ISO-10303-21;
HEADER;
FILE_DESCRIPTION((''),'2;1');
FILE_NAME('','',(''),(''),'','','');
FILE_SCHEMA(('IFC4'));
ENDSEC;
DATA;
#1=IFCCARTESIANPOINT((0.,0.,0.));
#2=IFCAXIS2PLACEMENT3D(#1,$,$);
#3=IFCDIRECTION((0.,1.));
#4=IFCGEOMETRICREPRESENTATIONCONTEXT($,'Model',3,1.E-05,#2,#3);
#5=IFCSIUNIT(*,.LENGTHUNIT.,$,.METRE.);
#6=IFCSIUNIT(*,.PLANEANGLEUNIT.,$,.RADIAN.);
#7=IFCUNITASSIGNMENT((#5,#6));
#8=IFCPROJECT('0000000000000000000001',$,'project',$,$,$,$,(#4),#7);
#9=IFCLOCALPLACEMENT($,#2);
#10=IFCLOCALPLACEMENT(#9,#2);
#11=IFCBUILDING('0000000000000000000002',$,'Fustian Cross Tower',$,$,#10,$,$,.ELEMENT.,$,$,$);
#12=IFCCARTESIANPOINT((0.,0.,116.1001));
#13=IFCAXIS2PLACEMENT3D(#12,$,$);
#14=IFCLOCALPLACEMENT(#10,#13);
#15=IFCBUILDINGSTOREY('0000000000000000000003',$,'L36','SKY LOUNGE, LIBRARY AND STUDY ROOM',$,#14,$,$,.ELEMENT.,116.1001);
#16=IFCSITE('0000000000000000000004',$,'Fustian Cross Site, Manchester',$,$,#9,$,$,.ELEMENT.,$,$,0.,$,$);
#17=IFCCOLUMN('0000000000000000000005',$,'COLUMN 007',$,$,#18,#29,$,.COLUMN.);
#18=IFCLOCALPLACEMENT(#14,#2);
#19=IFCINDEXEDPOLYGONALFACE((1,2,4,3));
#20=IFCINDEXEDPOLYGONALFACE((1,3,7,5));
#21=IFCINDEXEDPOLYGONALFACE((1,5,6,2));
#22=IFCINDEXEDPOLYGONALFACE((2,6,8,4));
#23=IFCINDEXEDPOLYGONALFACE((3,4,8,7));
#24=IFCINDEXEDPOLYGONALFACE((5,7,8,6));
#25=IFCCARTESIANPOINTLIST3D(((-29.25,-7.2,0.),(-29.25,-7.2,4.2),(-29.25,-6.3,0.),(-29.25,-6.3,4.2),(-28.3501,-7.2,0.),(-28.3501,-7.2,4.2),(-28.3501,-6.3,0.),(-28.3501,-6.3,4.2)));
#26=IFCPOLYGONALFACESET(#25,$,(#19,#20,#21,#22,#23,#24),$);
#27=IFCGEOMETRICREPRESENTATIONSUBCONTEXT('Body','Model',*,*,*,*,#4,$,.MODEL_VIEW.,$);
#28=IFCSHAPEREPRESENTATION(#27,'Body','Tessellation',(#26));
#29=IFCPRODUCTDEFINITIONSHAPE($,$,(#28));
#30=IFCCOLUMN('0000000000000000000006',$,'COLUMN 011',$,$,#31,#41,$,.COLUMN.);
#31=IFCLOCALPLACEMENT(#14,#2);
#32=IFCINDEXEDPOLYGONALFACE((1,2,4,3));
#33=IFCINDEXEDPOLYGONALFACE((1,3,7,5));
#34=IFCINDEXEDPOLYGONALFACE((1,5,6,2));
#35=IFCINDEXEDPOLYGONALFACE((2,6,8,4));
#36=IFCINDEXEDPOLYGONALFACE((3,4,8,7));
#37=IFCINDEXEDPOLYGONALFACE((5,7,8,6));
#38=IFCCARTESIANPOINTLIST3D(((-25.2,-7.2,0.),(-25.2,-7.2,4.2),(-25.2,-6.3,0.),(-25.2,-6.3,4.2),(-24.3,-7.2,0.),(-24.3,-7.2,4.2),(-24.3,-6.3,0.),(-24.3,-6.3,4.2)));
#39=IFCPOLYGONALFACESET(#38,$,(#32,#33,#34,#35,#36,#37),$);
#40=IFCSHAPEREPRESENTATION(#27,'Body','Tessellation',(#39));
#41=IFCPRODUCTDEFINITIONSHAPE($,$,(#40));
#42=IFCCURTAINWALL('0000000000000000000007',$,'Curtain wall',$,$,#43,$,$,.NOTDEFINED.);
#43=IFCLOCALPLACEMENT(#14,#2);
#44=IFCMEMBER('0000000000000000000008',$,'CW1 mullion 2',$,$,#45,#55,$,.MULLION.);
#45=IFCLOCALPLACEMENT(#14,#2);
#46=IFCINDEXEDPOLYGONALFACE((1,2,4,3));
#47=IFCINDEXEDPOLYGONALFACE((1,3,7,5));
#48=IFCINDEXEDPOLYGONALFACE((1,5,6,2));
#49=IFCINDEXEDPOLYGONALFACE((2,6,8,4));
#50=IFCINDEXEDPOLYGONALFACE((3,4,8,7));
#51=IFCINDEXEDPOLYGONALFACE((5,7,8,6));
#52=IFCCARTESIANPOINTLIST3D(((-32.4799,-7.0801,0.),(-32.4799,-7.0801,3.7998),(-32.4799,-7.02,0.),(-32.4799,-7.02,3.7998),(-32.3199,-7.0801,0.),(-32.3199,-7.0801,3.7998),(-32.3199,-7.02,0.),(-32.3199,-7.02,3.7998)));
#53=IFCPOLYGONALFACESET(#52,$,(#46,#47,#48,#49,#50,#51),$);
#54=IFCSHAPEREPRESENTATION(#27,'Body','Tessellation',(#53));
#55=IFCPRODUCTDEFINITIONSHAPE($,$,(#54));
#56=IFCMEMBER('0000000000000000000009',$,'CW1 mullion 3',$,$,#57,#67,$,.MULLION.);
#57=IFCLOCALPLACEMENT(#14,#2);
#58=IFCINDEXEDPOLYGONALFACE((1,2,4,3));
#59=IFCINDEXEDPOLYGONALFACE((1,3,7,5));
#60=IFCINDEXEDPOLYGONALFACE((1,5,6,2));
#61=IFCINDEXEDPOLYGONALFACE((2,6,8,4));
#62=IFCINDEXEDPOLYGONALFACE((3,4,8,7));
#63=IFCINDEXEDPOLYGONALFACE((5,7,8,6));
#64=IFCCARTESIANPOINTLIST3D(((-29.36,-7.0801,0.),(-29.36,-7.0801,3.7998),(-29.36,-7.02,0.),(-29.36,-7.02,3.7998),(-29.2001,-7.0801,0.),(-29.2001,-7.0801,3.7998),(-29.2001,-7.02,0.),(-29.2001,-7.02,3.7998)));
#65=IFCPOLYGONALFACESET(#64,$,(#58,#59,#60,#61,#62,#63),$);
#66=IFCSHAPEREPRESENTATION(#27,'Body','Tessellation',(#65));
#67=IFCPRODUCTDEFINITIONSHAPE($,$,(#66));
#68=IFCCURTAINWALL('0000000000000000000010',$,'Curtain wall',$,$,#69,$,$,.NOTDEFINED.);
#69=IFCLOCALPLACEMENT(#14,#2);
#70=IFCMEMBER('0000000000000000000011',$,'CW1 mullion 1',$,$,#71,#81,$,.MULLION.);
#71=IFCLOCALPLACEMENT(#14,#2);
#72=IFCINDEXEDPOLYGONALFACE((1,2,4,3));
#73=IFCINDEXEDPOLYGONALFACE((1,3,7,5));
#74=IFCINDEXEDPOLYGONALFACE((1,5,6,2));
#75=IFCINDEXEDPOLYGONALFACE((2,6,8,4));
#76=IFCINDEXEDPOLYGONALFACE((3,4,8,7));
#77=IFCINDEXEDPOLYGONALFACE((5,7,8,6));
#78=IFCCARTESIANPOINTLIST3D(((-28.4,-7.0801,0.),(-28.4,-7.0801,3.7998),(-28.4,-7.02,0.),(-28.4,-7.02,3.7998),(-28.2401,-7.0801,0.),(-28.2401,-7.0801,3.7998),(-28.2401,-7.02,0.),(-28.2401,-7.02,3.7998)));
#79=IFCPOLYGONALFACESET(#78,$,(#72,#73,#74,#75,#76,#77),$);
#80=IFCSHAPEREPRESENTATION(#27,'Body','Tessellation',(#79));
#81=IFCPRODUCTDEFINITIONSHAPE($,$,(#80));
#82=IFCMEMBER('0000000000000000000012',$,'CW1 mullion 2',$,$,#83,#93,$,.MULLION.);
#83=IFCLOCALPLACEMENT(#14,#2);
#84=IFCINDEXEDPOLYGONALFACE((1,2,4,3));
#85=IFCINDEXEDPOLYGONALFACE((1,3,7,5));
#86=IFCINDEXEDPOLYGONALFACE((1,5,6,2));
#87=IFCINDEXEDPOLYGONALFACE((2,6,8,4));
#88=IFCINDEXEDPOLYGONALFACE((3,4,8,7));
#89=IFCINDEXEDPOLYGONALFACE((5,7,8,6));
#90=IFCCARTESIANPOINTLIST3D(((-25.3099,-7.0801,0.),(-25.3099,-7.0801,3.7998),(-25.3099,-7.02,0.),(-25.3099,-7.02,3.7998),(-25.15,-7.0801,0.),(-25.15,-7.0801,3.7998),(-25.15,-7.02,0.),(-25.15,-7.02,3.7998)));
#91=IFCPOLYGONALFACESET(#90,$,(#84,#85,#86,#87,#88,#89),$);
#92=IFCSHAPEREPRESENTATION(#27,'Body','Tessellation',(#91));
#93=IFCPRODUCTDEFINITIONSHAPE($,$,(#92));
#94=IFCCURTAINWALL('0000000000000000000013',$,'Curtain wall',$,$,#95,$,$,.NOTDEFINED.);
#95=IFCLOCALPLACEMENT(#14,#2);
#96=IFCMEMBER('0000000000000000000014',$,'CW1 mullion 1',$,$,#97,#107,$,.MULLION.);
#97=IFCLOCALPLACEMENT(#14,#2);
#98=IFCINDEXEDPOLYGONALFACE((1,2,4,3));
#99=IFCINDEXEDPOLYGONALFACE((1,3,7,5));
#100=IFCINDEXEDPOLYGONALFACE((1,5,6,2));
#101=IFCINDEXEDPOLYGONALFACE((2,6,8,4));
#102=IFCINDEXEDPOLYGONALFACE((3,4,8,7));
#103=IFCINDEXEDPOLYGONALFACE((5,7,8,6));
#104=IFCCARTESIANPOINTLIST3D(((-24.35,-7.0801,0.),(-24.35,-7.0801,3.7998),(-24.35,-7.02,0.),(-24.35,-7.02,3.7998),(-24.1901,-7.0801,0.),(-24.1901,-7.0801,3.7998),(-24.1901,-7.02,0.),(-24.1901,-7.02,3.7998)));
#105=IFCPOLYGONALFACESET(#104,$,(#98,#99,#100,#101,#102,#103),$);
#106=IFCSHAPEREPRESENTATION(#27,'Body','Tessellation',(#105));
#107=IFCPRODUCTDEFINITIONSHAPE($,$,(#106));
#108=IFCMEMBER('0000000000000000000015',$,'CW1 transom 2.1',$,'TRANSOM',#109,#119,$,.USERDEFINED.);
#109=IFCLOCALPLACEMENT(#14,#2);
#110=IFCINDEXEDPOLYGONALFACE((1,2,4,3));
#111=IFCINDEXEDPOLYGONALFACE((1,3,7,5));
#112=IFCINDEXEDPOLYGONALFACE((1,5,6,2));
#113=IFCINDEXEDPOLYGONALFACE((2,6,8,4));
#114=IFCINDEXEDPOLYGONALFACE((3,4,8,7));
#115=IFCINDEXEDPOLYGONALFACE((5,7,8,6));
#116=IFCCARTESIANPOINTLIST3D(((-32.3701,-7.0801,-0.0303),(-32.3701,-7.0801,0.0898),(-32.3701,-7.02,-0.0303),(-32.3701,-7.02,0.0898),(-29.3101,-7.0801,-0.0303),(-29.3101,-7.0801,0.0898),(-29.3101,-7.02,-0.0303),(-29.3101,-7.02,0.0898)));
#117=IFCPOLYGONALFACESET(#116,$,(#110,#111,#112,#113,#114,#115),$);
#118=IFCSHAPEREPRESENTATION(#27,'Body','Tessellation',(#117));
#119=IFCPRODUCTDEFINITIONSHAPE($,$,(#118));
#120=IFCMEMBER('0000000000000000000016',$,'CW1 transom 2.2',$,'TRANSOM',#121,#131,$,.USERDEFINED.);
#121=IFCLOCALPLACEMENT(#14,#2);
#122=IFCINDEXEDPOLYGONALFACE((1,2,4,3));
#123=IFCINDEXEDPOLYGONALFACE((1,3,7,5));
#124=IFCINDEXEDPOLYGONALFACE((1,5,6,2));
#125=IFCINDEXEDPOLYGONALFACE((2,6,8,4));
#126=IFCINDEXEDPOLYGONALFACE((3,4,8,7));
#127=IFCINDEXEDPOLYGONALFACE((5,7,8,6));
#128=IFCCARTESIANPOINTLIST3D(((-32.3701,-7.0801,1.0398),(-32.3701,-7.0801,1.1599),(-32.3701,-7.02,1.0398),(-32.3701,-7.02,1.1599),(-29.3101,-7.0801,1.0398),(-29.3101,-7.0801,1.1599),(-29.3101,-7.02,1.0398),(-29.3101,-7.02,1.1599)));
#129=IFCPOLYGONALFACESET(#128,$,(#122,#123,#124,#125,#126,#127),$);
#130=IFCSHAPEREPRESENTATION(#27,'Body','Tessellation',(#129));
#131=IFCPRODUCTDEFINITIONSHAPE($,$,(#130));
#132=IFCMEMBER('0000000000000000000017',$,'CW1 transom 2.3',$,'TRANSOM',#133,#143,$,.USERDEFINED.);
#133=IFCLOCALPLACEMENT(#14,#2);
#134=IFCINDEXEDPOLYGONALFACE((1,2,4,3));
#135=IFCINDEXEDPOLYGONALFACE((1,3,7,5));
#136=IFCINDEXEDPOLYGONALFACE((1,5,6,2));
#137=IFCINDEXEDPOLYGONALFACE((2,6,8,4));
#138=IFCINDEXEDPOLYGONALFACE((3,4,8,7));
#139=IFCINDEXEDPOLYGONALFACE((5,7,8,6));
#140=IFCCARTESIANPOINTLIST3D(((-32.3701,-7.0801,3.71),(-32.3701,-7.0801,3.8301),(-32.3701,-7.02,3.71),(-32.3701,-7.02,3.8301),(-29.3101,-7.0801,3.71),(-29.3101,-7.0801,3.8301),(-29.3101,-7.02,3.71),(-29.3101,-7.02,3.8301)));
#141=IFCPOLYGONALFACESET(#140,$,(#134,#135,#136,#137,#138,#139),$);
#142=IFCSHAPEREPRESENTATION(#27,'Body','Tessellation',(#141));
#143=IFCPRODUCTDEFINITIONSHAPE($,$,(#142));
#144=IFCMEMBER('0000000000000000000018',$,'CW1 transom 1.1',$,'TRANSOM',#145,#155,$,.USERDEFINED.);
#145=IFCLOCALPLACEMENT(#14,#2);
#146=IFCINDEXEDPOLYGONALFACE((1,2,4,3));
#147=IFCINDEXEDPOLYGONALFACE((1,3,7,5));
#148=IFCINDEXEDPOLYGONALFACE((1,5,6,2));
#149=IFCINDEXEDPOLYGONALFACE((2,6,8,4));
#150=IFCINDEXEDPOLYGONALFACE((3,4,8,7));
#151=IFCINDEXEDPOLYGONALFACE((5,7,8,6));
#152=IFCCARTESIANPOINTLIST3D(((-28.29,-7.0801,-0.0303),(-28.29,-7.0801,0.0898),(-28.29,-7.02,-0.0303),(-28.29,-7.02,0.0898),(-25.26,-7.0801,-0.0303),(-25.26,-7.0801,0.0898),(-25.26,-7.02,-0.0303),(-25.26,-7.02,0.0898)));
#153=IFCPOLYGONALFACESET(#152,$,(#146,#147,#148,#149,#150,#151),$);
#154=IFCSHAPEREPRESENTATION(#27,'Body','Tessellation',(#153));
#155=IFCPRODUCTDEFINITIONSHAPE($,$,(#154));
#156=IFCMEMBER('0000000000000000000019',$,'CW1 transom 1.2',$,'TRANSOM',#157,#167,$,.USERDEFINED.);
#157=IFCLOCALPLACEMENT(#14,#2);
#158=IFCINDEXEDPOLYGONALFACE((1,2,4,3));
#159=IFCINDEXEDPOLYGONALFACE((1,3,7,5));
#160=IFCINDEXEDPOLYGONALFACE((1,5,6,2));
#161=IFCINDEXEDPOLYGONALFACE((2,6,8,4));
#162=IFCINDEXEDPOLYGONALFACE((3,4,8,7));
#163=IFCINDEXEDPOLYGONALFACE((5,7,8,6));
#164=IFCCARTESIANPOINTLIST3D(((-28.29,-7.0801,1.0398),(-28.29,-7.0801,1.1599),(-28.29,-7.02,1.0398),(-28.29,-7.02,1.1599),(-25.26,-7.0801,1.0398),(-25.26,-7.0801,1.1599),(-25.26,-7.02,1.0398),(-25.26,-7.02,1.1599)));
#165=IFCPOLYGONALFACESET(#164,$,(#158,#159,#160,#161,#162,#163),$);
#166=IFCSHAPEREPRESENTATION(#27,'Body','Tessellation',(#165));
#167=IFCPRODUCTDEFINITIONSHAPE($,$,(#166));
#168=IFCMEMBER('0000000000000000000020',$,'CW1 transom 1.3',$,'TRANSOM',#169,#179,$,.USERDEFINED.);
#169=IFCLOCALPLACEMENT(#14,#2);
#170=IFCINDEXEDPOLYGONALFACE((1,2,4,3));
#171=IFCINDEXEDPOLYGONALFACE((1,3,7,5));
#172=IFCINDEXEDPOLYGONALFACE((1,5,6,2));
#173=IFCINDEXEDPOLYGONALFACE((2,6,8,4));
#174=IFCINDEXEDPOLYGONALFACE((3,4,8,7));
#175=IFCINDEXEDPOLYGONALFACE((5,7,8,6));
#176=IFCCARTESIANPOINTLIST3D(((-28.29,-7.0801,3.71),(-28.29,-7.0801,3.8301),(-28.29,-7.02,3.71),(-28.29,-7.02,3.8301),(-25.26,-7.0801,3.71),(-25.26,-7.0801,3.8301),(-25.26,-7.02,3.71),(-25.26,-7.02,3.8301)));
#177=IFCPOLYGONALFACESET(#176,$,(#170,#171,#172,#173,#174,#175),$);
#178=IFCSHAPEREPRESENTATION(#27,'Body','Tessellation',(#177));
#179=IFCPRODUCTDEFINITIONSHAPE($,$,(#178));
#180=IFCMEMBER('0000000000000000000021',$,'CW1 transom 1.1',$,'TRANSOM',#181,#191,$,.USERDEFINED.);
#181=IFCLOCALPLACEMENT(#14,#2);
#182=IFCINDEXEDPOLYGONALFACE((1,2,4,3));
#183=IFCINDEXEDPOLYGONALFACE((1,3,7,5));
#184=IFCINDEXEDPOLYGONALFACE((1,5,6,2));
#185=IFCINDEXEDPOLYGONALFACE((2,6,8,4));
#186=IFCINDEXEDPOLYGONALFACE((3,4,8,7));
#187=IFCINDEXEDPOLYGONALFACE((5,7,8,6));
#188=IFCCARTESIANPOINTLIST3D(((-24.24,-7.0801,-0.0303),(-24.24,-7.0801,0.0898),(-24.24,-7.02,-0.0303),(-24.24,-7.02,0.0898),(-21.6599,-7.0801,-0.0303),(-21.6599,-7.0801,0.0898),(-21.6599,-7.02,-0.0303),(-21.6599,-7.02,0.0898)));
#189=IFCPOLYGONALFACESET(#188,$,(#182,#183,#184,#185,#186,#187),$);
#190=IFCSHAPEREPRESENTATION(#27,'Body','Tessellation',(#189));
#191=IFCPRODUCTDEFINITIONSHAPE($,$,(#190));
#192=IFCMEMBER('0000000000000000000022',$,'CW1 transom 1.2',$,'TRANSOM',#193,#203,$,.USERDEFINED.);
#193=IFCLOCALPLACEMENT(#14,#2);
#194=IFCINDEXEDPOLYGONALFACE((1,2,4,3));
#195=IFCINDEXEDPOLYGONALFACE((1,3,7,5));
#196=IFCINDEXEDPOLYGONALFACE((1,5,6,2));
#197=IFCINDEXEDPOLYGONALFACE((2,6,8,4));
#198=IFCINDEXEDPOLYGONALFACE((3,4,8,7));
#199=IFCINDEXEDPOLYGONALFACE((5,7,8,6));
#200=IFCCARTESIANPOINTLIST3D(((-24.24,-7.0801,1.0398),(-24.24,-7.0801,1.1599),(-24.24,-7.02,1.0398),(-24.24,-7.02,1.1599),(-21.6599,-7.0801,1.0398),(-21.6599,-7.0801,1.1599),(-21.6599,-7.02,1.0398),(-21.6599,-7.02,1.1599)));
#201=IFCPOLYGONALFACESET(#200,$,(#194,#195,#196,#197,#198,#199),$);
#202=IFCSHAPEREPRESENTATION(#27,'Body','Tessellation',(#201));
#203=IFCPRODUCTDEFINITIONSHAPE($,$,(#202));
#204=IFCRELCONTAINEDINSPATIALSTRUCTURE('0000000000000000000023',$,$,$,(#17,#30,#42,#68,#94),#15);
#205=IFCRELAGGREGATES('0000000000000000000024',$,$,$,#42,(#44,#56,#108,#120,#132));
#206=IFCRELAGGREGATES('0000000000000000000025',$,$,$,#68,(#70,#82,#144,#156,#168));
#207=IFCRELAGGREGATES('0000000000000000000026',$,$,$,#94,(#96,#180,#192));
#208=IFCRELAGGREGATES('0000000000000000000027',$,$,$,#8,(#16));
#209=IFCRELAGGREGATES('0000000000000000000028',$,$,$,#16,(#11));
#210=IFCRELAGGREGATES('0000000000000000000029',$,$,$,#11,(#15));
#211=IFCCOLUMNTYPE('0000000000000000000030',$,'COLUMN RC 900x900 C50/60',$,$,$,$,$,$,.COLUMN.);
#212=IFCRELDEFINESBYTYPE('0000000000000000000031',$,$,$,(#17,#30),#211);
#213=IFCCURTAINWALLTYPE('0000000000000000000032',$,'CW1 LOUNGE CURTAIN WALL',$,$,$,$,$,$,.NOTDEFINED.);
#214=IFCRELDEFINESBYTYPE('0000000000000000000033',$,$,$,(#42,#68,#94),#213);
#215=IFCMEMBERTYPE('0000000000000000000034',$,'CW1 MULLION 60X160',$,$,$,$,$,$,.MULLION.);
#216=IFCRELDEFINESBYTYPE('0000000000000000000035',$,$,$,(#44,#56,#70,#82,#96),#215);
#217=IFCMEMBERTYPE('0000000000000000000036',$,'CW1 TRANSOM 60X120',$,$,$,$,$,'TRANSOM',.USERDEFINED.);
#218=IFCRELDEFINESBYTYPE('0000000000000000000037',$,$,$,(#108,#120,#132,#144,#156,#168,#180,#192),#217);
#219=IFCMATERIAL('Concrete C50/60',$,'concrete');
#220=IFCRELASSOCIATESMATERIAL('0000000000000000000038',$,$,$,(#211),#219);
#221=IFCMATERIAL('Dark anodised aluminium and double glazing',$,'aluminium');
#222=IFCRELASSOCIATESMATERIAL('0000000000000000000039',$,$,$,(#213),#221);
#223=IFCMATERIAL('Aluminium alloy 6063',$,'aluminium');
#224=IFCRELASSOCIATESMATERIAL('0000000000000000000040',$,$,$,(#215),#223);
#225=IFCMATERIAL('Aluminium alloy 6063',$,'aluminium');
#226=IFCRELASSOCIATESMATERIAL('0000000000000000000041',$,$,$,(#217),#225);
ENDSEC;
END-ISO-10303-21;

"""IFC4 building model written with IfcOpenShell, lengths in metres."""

from ifc_helpers import new_model, si_unit, direction, frame, origin, origin_2d, place, context, subcontext, project, spatial, rectangle, extrude, material, material_profile, profile_set, type_object, element, aggregate, save


model = new_model("IFC4")

# Units and contexts
model_context = context("Model", 3, precision=1e-05, world=origin(), true_north=direction((0.0, 1.0)))
body_context = subcontext(model_context, "Body", "Model", "MODEL_VIEW")
ifc_project = project(units=[si_unit("LENGTHUNIT", "METRE"), si_unit("PLANEANGLEUNIT", "RADIAN")], contexts=[model_context])

# Site, building, storey
site_placement = place(None, origin())
site = spatial("IfcSite", under=ifc_project, at=site_placement, Name="Fustian Cross Site, Manchester", CompositionType="ELEMENT", RefElevation=0.0)
building_placement = place(site_placement, origin())
building = spatial("IfcBuilding", under=site, at=building_placement, Name="Fustian Cross Tower", CompositionType="ELEMENT")
storey_placement = place(building_placement, frame((0.0, 0.0, 116.1001)))
storey = spatial("IfcBuildingStorey", under=building, at=storey_placement, Name="L36", Description="SKY LOUNGE, LIBRARY AND STUDY ROOM", CompositionType="ELEMENT", Elevation=116.1001)

# Columns
ifc_material_1 = material(Name="Concrete C50/60", Category="concrete")
ifc_material_profile_1 = material_profile(ifc_material_1, rectangle(XDim=0.8999, YDim=0.8999, at=origin_2d()), Name="RC 900x900")
ifc_profile_set_1 = profile_set([ifc_material_profile_1], Name="Concrete C50/60")
column_type = type_object("IfcColumnType", Name="COLUMN RC 900x900 C50/60", PredefinedType="COLUMN", material=ifc_profile_set_1)
for number, where, z_axis, x_axis, name in (
    (1, (-28.8, -6.75, 0.0), (0.0, 0.0, 1.0), (1.0, 0.0, 0.0), "COLUMN 007"),
    (2, (-24.75, -6.75, 0.0), (0.0, 0.0, 1.0), (1.0, 0.0, 0.0), "COLUMN 011"),
):
    element("IfcColumn", number, at=place(storey_placement, frame(where, z_axis=z_axis, x_axis=x_axis)), inside=storey, type_object=column_type, Name=name, PredefinedType="COLUMN", context=body_context, shape_type="SweptSolid", body=[
        extrude(rectangle(XDim=0.8999, YDim=0.8999, at=origin_2d()), origin(), (0.0, 0.0, 1.0), 4.2),
    ])

# Curtain walls, members
ifc_material_2 = material(Name="Dark anodised aluminium and double glazing", Category="aluminium")
curtain_wall_type = type_object("IfcCurtainWallType", Name="CW1 LOUNGE CURTAIN WALL", PredefinedType="NOTDEFINED", material=ifc_material_2)
curtain_wall_1_placement = place(storey_placement, origin())
curtain_wall_1 = element("IfcCurtainWall", 3, at=curtain_wall_1_placement, inside=storey, type_object=curtain_wall_type, Name="Curtain wall", PredefinedType="NOTDEFINED")
ifc_material_3 = material(Name="Aluminium alloy 6063", Category="aluminium")
ifc_material_profile_2 = material_profile(ifc_material_3, rectangle(XDim=0.0601, YDim=0.1599, at=origin_2d()), Name="CW1 MULLION 60X160")
ifc_profile_set_2 = profile_set([ifc_material_profile_2], Name="Aluminium alloy 6063")
member_type_1 = type_object("IfcMemberType", Name="CW1 MULLION 60X160", PredefinedType="MULLION", material=ifc_profile_set_2)
member_1_placement = place(storey_placement, frame((-32.3999, -7.05, 0.0), z_axis=(0.0, 0.0, 1.0), x_axis=(0.0, 1.0, 0.0)))
member_1 = element("IfcMember", 4, at=member_1_placement, type_object=member_type_1, Name="CW1 mullion 2", PredefinedType="MULLION", context=body_context, shape_type="SweptSolid", body=[
    extrude(rectangle(XDim=0.0601, YDim=0.1599, at=origin_2d()), origin(), (0.0, 0.0, 1.0), 3.7998),
])
member_2_placement = place(storey_placement, frame((-29.28, -7.05, 0.0), z_axis=(0.0, 0.0, 1.0), x_axis=(0.0, 1.0, 0.0)))
member_2 = element("IfcMember", 5, at=member_2_placement, type_object=member_type_1, Name="CW1 mullion 3", PredefinedType="MULLION", context=body_context, shape_type="SweptSolid", body=[
    extrude(rectangle(XDim=0.0601, YDim=0.1599, at=origin_2d()), origin(), (0.0, 0.0, 1.0), 3.7998),
])
curtain_wall_2_placement = place(storey_placement, origin())
curtain_wall_2 = element("IfcCurtainWall", 6, at=curtain_wall_2_placement, inside=storey, type_object=curtain_wall_type, Name="Curtain wall", PredefinedType="NOTDEFINED")
member_3_placement = place(storey_placement, frame((-28.3201, -7.05, 0.0), z_axis=(0.0, 0.0, 1.0), x_axis=(0.0, 1.0, 0.0)))
member_3 = element("IfcMember", 7, at=member_3_placement, type_object=member_type_1, Name="CW1 mullion 1", PredefinedType="MULLION", context=body_context, shape_type="SweptSolid", body=[
    extrude(rectangle(XDim=0.0601, YDim=0.1599, at=origin_2d()), origin(), (0.0, 0.0, 1.0), 3.7998),
])
member_4_placement = place(storey_placement, frame((-25.23, -7.05, 0.0), z_axis=(0.0, 0.0, 1.0), x_axis=(0.0, 1.0, 0.0)))
member_4 = element("IfcMember", 8, at=member_4_placement, type_object=member_type_1, Name="CW1 mullion 2", PredefinedType="MULLION", context=body_context, shape_type="SweptSolid", body=[
    extrude(rectangle(XDim=0.0601, YDim=0.1599, at=origin_2d()), origin(), (0.0, 0.0, 1.0), 3.7998),
])

# Curtain wall, member
curtain_wall_3_placement = place(storey_placement, origin())
curtain_wall_3 = element("IfcCurtainWall", 9, at=curtain_wall_3_placement, inside=storey, type_object=curtain_wall_type, Name="Curtain wall", PredefinedType="NOTDEFINED")
member_5_placement = place(storey_placement, frame((-24.27, -7.05, 0.0), z_axis=(0.0, 0.0, 1.0), x_axis=(0.0, 1.0, 0.0)))
member_5 = element("IfcMember", 10, at=member_5_placement, type_object=member_type_1, Name="CW1 mullion 1", PredefinedType="MULLION", context=body_context, shape_type="SweptSolid", body=[
    extrude(rectangle(XDim=0.0601, YDim=0.1599, at=origin_2d()), origin(), (0.0, 0.0, 1.0), 3.7998),
])

# Members
ifc_material_4 = material(Name="Aluminium alloy 6063", Category="aluminium")
ifc_material_profile_3 = material_profile(ifc_material_4, rectangle(XDim=0.0601, YDim=0.1201, at=origin_2d()), Name="CW1 TRANSOM 60X120")
ifc_profile_set_3 = profile_set([ifc_material_profile_3], Name="Aluminium alloy 6063")
member_type_2 = type_object("IfcMemberType", Name="CW1 TRANSOM 60X120", ElementType="TRANSOM", PredefinedType="USERDEFINED", material=ifc_profile_set_3)
member_6_placement = place(storey_placement, frame((-32.3701, -7.05, 0.0298), z_axis=(1.0, 0.0, 0.0), x_axis=(0.0, 1.0, 0.0)))
member_6 = element("IfcMember", 11, at=member_6_placement, type_object=member_type_2, Name="CW1 transom 2.1", ObjectType="TRANSOM", PredefinedType="USERDEFINED", context=body_context, shape_type="SweptSolid", body=[
    extrude(rectangle(XDim=0.0601, YDim=0.1201, at=origin_2d()), origin(), (0.0, 0.0, 1.0), 3.0601),
])
member_7_placement = place(storey_placement, frame((-32.3701, -7.05, 1.0999), z_axis=(1.0, 0.0, 0.0), x_axis=(0.0, 1.0, 0.0)))
member_7 = element("IfcMember", 12, at=member_7_placement, type_object=member_type_2, Name="CW1 transom 2.2", ObjectType="TRANSOM", PredefinedType="USERDEFINED", context=body_context, shape_type="SweptSolid", body=[
    extrude(rectangle(XDim=0.0601, YDim=0.1201, at=origin_2d()), origin(), (0.0, 0.0, 1.0), 3.0601),
])
member_8_placement = place(storey_placement, frame((-32.3701, -7.05, 3.77), z_axis=(1.0, 0.0, 0.0), x_axis=(0.0, 1.0, 0.0)))
member_8 = element("IfcMember", 13, at=member_8_placement, type_object=member_type_2, Name="CW1 transom 2.3", ObjectType="TRANSOM", PredefinedType="USERDEFINED", context=body_context, shape_type="SweptSolid", body=[
    extrude(rectangle(XDim=0.0601, YDim=0.1201, at=origin_2d()), origin(), (0.0, 0.0, 1.0), 3.0601),
])
member_9_placement = place(storey_placement, frame((-28.29, -7.05, 0.0298), z_axis=(1.0, 0.0, 0.0), x_axis=(0.0, 1.0, 0.0)))
member_9 = element("IfcMember", 14, at=member_9_placement, type_object=member_type_2, Name="CW1 transom 1.1", ObjectType="TRANSOM", PredefinedType="USERDEFINED", context=body_context, shape_type="SweptSolid", body=[
    extrude(rectangle(XDim=0.0601, YDim=0.1201, at=origin_2d()), origin(), (0.0, 0.0, 1.0), 3.03),
])
member_10_placement = place(storey_placement, frame((-28.29, -7.05, 1.0999), z_axis=(1.0, 0.0, 0.0), x_axis=(0.0, 1.0, 0.0)))
member_10 = element("IfcMember", 15, at=member_10_placement, type_object=member_type_2, Name="CW1 transom 1.2", ObjectType="TRANSOM", PredefinedType="USERDEFINED", context=body_context, shape_type="SweptSolid", body=[
    extrude(rectangle(XDim=0.0601, YDim=0.1201, at=origin_2d()), origin(), (0.0, 0.0, 1.0), 3.03),
])
member_11_placement = place(storey_placement, frame((-28.29, -7.05, 3.77), z_axis=(1.0, 0.0, 0.0), x_axis=(0.0, 1.0, 0.0)))
member_11 = element("IfcMember", 16, at=member_11_placement, type_object=member_type_2, Name="CW1 transom 1.3", ObjectType="TRANSOM", PredefinedType="USERDEFINED", context=body_context, shape_type="SweptSolid", body=[
    extrude(rectangle(XDim=0.0601, YDim=0.1201, at=origin_2d()), origin(), (0.0, 0.0, 1.0), 3.03),
])
member_12_placement = place(storey_placement, frame((-24.24, -7.05, 0.0298), z_axis=(1.0, 0.0, 0.0), x_axis=(0.0, 1.0, 0.0)))
member_12 = element("IfcMember", 17, at=member_12_placement, type_object=member_type_2, Name="CW1 transom 1.1", ObjectType="TRANSOM", PredefinedType="USERDEFINED", context=body_context, shape_type="SweptSolid", body=[
    extrude(rectangle(XDim=0.0601, YDim=0.1201, at=origin_2d()), origin(), (0.0, 0.0, 1.0), 2.5801),
])
member_13_placement = place(storey_placement, frame((-24.24, -7.05, 1.0999), z_axis=(1.0, 0.0, 0.0), x_axis=(0.0, 1.0, 0.0)))
member_13 = element("IfcMember", 18, at=member_13_placement, type_object=member_type_2, Name="CW1 transom 1.2", ObjectType="TRANSOM", PredefinedType="USERDEFINED", context=body_context, shape_type="SweptSolid", body=[
    extrude(rectangle(XDim=0.0601, YDim=0.1201, at=origin_2d()), origin(), (0.0, 0.0, 1.0), 2.5801),
])

aggregate(curtain_wall_1, [member_1, member_2, member_6, member_7, member_8])
aggregate(curtain_wall_2, [member_3, member_4, member_9, member_10, member_11])
aggregate(curtain_wall_3, [member_5, member_12, member_13])

save(model, "model.ifc")
